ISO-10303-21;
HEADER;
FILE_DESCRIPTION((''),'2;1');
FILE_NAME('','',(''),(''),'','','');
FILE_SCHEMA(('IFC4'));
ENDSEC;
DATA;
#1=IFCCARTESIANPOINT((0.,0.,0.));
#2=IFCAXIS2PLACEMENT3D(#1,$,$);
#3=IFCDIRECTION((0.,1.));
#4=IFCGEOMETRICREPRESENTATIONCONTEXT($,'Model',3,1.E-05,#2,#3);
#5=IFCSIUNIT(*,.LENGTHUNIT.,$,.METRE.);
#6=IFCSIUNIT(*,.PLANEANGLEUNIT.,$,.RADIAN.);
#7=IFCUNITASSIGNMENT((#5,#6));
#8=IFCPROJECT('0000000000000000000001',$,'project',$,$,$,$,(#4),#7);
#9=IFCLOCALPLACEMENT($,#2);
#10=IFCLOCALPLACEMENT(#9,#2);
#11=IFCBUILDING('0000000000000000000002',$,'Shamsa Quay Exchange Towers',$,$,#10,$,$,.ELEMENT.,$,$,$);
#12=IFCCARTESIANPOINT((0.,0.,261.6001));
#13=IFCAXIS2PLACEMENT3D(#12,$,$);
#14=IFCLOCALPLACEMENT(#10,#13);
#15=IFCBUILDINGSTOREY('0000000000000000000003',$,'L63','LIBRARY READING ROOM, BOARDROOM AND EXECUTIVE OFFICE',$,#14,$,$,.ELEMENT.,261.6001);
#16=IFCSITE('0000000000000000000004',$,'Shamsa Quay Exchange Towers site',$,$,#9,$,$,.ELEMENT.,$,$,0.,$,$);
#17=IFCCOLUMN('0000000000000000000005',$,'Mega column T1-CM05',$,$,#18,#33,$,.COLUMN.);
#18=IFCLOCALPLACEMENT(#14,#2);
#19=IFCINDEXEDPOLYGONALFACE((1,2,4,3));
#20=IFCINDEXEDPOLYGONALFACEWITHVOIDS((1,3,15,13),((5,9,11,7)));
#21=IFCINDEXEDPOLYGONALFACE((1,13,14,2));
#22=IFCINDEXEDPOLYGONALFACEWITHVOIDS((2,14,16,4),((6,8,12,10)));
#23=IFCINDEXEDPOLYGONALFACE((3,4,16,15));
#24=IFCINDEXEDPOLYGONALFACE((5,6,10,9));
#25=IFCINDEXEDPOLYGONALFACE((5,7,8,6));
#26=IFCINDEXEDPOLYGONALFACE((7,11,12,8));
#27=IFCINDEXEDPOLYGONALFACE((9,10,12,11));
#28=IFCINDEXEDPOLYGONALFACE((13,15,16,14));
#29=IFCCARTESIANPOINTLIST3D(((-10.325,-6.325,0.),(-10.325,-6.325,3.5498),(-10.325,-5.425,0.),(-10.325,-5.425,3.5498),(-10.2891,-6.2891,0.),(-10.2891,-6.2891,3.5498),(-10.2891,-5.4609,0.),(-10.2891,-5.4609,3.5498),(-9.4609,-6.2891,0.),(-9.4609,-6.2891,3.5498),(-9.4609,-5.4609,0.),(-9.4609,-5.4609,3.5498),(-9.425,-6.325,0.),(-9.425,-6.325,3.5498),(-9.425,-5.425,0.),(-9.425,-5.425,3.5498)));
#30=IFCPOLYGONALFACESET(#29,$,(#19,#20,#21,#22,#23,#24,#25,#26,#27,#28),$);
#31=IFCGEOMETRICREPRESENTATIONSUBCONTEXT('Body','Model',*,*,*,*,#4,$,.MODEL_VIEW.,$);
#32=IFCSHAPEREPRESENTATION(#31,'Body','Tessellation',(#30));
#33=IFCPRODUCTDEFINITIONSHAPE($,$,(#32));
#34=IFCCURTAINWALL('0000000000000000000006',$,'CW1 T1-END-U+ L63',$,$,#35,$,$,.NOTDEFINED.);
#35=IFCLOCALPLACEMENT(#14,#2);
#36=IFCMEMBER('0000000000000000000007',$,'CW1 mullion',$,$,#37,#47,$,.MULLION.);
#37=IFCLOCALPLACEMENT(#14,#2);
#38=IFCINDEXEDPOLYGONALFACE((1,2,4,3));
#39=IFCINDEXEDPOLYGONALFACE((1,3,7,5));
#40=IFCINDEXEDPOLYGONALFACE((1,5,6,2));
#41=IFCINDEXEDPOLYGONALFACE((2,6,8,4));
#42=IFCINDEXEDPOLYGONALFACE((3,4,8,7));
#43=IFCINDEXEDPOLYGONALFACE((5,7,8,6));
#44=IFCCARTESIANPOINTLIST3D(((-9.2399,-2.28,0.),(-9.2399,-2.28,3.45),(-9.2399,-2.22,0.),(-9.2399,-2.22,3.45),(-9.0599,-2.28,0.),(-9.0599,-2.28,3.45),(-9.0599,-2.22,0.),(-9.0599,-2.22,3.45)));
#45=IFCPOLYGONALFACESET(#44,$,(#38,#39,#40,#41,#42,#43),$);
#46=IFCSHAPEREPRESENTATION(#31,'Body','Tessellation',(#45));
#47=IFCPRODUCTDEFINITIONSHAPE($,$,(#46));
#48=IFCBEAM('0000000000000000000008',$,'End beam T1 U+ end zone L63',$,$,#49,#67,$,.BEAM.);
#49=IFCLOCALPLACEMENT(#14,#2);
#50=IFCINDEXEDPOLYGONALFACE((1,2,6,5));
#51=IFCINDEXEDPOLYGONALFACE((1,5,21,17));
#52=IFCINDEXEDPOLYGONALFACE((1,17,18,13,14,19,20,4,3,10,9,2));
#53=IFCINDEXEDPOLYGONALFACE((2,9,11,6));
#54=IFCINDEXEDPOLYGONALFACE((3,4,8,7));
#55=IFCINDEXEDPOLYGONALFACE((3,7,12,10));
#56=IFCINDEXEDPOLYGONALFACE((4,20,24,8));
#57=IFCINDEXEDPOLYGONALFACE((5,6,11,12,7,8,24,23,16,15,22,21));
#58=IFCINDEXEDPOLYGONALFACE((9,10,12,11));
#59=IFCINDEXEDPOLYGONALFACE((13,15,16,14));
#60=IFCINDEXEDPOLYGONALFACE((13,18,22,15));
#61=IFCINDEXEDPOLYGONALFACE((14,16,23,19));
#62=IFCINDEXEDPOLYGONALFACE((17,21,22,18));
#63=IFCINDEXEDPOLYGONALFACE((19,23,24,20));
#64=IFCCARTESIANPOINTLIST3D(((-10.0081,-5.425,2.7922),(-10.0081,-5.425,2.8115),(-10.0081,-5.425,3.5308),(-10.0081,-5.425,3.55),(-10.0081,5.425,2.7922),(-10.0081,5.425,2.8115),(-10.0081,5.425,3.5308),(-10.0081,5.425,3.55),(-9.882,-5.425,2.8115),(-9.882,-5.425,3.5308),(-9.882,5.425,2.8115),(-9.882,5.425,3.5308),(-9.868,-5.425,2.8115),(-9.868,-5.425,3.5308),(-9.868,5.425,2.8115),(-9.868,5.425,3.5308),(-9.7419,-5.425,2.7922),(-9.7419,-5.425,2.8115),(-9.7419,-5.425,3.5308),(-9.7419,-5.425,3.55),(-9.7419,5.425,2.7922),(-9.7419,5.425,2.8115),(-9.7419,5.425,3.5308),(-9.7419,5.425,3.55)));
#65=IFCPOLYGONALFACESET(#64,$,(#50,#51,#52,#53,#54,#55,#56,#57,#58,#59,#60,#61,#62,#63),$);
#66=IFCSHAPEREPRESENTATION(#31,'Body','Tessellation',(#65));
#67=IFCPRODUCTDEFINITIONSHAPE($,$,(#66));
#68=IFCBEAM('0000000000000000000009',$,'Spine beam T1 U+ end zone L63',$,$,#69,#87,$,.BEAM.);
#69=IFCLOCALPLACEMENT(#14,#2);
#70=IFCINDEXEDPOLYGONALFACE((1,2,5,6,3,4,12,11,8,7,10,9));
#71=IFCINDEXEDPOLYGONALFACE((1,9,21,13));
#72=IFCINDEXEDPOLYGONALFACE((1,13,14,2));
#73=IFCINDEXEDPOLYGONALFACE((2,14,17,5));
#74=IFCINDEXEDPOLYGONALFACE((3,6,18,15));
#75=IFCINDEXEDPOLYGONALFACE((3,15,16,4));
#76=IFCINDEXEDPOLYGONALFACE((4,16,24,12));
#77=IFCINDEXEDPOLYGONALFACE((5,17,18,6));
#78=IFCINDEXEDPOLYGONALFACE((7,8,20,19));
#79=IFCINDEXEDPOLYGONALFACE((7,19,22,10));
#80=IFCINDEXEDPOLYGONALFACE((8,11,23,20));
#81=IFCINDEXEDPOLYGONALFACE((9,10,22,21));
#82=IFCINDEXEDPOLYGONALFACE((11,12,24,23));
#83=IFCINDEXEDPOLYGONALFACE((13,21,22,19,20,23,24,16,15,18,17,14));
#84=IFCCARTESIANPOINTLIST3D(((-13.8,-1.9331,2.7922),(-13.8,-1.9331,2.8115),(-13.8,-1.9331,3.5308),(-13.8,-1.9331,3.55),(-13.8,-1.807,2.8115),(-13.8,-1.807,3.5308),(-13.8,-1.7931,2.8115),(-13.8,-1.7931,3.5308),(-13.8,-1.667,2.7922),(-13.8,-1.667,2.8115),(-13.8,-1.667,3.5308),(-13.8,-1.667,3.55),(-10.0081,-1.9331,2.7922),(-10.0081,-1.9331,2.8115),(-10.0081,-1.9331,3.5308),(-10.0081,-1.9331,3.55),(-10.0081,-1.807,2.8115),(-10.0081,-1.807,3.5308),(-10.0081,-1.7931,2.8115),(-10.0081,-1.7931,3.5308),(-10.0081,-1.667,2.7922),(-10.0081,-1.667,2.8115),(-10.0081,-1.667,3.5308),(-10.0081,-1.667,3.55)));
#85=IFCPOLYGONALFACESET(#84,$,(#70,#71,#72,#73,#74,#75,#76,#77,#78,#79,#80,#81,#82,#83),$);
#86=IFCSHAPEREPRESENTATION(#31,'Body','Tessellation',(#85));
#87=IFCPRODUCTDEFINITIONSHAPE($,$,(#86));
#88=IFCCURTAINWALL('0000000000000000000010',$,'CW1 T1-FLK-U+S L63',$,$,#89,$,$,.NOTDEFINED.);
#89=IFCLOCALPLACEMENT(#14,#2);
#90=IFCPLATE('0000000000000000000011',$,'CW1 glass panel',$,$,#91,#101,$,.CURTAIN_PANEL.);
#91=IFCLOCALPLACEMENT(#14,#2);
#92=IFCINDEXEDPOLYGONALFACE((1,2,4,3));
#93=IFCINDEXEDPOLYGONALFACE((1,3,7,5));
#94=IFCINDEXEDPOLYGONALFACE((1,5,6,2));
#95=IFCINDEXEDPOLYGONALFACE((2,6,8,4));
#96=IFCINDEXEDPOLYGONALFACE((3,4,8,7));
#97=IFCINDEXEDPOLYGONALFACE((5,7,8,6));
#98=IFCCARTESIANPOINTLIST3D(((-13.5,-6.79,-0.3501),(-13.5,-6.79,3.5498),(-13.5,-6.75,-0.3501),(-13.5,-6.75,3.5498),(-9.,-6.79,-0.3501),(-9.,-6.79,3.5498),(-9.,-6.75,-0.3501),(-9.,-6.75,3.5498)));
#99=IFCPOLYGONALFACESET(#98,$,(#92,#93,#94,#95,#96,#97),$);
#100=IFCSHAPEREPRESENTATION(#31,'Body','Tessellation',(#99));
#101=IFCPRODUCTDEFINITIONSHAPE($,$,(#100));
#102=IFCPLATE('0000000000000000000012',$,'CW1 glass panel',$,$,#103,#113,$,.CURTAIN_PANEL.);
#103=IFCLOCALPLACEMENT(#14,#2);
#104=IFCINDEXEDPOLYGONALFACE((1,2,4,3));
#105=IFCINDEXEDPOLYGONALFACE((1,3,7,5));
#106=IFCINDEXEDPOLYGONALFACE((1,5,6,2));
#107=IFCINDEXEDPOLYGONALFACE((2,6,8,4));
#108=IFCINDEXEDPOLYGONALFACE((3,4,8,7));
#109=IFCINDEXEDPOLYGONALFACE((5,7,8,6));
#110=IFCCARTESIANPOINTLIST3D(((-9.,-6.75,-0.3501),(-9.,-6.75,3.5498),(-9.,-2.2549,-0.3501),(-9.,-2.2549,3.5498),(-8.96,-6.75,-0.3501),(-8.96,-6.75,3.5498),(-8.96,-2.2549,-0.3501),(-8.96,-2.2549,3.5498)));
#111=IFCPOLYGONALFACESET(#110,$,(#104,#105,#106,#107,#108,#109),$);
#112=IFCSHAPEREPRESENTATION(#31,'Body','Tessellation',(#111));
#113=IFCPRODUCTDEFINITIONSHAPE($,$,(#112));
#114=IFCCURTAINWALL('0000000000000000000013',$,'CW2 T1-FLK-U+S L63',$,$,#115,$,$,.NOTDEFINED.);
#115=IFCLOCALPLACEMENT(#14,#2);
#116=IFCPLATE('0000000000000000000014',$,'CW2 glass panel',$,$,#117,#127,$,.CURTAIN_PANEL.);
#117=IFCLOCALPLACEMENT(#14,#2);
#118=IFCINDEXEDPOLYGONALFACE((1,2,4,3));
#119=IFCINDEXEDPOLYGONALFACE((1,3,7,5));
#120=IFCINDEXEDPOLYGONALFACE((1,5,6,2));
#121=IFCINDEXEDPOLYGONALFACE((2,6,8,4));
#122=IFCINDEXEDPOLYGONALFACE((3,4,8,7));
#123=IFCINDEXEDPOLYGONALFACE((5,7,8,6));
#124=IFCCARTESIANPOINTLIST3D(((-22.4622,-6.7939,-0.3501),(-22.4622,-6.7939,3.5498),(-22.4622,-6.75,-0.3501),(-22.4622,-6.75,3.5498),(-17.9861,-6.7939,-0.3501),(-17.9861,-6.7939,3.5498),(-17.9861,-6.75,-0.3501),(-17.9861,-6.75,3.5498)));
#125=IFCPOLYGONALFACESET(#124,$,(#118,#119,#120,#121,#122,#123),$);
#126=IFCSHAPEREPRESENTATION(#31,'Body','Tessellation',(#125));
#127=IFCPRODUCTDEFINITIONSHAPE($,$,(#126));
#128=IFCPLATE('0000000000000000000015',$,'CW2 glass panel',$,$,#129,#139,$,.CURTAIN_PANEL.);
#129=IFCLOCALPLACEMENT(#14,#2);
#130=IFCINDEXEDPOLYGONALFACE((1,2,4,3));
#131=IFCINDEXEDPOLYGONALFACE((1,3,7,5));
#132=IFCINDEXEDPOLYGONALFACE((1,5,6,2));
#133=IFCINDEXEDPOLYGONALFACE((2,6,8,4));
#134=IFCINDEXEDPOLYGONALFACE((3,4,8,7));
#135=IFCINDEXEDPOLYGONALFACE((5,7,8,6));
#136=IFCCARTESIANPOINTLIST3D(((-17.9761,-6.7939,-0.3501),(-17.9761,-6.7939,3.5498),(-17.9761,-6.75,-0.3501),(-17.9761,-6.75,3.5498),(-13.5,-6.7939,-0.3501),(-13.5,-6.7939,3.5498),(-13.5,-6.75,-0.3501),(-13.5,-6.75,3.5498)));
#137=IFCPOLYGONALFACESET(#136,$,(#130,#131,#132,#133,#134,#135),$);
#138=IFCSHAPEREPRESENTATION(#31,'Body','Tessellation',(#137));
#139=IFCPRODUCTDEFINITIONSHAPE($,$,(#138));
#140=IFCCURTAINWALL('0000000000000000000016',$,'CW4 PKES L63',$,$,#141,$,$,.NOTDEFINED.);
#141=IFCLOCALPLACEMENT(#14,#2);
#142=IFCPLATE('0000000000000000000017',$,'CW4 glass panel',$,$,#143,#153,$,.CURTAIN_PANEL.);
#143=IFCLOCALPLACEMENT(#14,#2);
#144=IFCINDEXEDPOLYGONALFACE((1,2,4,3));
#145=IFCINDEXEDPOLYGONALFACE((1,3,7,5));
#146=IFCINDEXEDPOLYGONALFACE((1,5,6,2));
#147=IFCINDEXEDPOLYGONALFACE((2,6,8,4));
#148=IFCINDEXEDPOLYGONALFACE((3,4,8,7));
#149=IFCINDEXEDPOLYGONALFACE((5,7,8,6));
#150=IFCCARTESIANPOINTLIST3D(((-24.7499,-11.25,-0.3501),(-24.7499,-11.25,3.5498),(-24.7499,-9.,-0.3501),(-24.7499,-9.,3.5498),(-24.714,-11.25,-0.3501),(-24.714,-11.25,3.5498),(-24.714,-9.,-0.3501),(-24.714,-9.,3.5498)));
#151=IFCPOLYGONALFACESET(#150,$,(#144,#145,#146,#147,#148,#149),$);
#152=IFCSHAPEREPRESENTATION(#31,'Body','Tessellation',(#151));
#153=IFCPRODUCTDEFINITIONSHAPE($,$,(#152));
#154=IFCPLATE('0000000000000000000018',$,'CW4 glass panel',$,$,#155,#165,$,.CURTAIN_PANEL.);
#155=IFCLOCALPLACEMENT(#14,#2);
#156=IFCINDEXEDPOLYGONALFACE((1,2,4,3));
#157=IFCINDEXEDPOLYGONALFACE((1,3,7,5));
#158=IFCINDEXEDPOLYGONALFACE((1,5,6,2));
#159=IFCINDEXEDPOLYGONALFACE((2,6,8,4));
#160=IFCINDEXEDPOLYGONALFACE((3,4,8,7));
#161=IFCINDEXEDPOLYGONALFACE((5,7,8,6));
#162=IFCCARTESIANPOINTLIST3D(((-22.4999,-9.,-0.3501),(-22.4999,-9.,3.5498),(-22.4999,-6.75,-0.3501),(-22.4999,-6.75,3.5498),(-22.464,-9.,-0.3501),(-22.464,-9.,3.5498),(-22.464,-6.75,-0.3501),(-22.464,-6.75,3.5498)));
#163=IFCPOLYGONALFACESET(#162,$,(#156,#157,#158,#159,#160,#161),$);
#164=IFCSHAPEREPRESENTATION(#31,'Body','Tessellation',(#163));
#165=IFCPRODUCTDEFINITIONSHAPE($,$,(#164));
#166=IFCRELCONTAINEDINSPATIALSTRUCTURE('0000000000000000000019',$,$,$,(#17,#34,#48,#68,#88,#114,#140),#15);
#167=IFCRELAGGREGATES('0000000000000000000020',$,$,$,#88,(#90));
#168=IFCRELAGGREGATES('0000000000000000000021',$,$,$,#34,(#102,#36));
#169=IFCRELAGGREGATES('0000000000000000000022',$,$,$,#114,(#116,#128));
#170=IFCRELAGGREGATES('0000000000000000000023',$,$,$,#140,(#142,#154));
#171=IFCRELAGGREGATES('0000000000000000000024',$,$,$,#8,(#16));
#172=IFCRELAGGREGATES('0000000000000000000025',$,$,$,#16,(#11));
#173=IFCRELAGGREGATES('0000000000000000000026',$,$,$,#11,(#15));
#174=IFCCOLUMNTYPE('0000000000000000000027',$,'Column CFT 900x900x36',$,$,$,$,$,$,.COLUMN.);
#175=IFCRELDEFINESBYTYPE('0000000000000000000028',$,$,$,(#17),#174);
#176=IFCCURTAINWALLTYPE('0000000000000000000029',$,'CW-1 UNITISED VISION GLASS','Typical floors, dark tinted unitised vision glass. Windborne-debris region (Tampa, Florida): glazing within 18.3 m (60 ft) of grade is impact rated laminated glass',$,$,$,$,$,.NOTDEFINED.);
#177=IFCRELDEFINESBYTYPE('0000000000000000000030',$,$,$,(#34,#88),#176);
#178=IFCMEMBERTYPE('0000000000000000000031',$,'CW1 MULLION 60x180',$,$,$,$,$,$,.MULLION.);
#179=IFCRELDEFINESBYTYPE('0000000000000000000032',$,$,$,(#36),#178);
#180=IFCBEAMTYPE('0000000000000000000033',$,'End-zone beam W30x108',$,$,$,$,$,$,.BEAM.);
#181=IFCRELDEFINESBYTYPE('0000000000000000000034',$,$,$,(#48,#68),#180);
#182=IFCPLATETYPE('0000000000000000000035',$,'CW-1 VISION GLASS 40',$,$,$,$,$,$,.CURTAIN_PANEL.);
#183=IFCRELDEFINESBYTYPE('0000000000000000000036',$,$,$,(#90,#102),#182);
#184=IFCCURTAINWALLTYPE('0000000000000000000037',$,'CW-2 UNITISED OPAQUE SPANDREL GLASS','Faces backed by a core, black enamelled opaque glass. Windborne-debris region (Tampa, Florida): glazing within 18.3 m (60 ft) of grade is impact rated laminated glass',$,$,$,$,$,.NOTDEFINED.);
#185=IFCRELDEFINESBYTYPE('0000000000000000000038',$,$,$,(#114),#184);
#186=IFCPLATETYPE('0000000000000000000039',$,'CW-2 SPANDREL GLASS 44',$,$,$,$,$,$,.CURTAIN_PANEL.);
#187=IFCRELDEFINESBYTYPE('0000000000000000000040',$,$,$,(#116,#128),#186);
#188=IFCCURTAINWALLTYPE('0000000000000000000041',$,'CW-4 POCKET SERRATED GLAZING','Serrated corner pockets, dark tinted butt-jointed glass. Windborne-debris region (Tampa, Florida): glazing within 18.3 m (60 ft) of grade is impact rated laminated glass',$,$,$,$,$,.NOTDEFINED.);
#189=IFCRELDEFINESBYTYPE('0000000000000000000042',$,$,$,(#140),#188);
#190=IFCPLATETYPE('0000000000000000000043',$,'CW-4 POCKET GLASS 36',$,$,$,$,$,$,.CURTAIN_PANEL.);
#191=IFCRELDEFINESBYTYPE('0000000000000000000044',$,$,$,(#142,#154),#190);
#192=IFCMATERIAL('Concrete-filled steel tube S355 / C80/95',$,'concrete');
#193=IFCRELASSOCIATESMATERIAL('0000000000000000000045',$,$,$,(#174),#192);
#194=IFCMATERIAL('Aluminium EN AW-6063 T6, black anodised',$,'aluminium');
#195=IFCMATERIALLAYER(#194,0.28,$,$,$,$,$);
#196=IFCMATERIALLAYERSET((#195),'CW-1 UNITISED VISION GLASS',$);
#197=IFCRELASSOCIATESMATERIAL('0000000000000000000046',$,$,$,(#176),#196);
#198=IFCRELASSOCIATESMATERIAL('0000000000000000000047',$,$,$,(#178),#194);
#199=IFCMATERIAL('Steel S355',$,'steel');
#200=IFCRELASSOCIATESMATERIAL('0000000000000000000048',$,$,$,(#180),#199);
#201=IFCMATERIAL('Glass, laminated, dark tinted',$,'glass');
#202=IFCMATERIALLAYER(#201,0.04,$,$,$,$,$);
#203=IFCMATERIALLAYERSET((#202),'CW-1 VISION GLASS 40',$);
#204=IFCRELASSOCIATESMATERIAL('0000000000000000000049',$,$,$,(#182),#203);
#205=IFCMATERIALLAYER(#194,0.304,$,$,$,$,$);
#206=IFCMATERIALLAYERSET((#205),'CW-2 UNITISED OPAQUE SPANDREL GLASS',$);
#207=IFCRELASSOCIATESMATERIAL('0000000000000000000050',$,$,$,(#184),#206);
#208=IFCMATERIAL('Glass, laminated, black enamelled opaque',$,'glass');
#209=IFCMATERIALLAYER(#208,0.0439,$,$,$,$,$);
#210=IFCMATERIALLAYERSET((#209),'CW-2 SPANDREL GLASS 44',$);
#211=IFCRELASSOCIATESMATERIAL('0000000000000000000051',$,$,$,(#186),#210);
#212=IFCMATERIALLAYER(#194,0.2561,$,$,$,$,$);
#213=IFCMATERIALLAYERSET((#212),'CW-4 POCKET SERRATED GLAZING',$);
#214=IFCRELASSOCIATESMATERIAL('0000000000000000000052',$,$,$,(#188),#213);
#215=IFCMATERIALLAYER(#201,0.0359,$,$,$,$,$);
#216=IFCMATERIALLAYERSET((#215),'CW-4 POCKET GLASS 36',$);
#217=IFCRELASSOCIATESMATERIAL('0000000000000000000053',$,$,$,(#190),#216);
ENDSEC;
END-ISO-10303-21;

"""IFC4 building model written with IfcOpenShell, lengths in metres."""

from ifc_helpers import new_model, si_unit, direction, frame, origin, origin_2d, place, context, subcontext, project, spatial, rectangle, hollow_rectangle, i_section, extrude, material, layer, layer_set, material_profile, profile_set, type_object, element, aggregate, save


model = new_model("IFC4")

# Units and contexts
model_context = context("Model", 3, precision=1e-05, world=origin(), true_north=direction((0.0, 1.0)))
body_context = subcontext(model_context, "Body", "Model", "MODEL_VIEW")
ifc_project = project(units=[si_unit("LENGTHUNIT", "METRE"), si_unit("PLANEANGLEUNIT", "RADIAN")], contexts=[model_context])

# Site, building, storey
site_placement = place(None, origin())
site = spatial("IfcSite", under=ifc_project, at=site_placement, Name="Shamsa Quay Exchange Towers site", CompositionType="ELEMENT", RefElevation=0.0)
building_placement = place(site_placement, origin())
building = spatial("IfcBuilding", under=site, at=building_placement, Name="Shamsa Quay Exchange Towers", CompositionType="ELEMENT")
storey_placement = place(building_placement, frame((0.0, 0.0, 261.6001)))
storey = spatial("IfcBuildingStorey", under=building, at=storey_placement, Name="L63", Description="LIBRARY READING ROOM, BOARDROOM AND EXECUTIVE OFFICE", CompositionType="ELEMENT", Elevation=261.6001)

# Column
ifc_material_1 = material(Name="Concrete-filled steel tube S355 / C80/95", Category="concrete")
ifc_material_profile_1 = material_profile(ifc_material_1, hollow_rectangle(XDim=0.8999, YDim=0.8999, WallThickness=0.0359, at=origin_2d()), Name="CFT 900x900x36")
ifc_profile_set_1 = profile_set([ifc_material_profile_1], Name="Concrete-filled steel tube S355 / C80/95")
column_type = type_object("IfcColumnType", Name="Column CFT 900x900x36", PredefinedType="COLUMN", material=ifc_profile_set_1)
column_placement = place(storey_placement, frame((-9.875, -5.875, 0.0)))
element("IfcColumn", 1, at=column_placement, inside=storey, type_object=column_type, Name="Mega column T1-CM05", PredefinedType="COLUMN", context=body_context, shape_type="SweptSolid", body=[
    extrude(hollow_rectangle(XDim=0.8999, YDim=0.8999, WallThickness=0.0359, at=origin_2d()), origin(), (0.0, 0.0, 1.0), 3.5498),
])

# Curtain wall, member
ifc_material_2 = material(Name="Aluminium EN AW-6063 T6, black anodised", Category="aluminium")
ifc_layer_1 = layer(ifc_material_2, 0.28)
ifc_layer_set_1 = layer_set([ifc_layer_1], Name="CW-1 UNITISED VISION GLASS")
curtain_wall_type_1 = type_object("IfcCurtainWallType", Name="CW-1 UNITISED VISION GLASS", Description="Typical floors, dark tinted unitised vision glass. Windborne-debris region (Tampa, Florida): glazing within 18.3 m (60 ft) of grade is impact rated laminated glass", PredefinedType="NOTDEFINED", material=ifc_layer_set_1)
curtain_wall_1_placement = place(storey_placement, origin())
curtain_wall_1 = element("IfcCurtainWall", 2, at=curtain_wall_1_placement, inside=storey, type_object=curtain_wall_type_1, Name="CW1 T1-END-U+ L63", PredefinedType="NOTDEFINED")
ifc_material_profile_2 = material_profile(ifc_material_2, rectangle(XDim=0.1799, YDim=0.0601, at=origin_2d()), Name="MU60x180")
ifc_profile_set_2 = profile_set([ifc_material_profile_2], Name="Aluminium EN AW-6063 T6, black anodised")
member_type = type_object("IfcMemberType", Name="CW1 MULLION 60x180", PredefinedType="MULLION", material=ifc_profile_set_2)
member_placement = place(storey_placement, frame((-9.1499, -2.25, 0.0), z_axis=(0.0, 0.0, 1.0), x_axis=(-1.0, 0.0, 0.0)))
member = element("IfcMember", 3, at=member_placement, type_object=member_type, Name="CW1 mullion", PredefinedType="MULLION", context=body_context, shape_type="SweptSolid", body=[
    extrude(rectangle(XDim=0.1799, YDim=0.0601, at=origin_2d()), origin(), (0.0, 0.0, 1.0), 3.45),
])

# Beams
ifc_material_3 = material(Name="Steel S355", Category="steel")
ifc_material_profile_3 = material_profile(ifc_material_3, i_section(OverallWidth=0.2661, OverallDepth=0.7578, WebThickness=0.0139, FlangeThickness=0.0193, at=origin_2d()), Name="W30x108")
ifc_profile_set_3 = profile_set([ifc_material_profile_3], Name="Steel S355")
beam_type = type_object("IfcBeamType", Name="End-zone beam W30x108", PredefinedType="BEAM", material=ifc_profile_set_3)
beam_1_placement = place(storey_placement, frame((-9.875, -5.425, 3.1711), z_axis=(0.0, 1.0, 0.0), x_axis=(-1.0, 0.0, 0.0)))
element("IfcBeam", 4, at=beam_1_placement, inside=storey, type_object=beam_type, Name="End beam T1 U+ end zone L63", PredefinedType="BEAM", context=body_context, shape_type="SweptSolid", body=[
    extrude(i_section(OverallWidth=0.2661, OverallDepth=0.7578, WebThickness=0.0139, FlangeThickness=0.0193, at=origin_2d()), origin(), (0.0, 0.0, 1.0), 10.8501),
])
beam_2_placement = place(storey_placement, frame((-13.8, -1.8, 3.1711), z_axis=(1.0, 0.0, 0.0), x_axis=(0.0, 1.0, 0.0)))
element("IfcBeam", 5, at=beam_2_placement, inside=storey, type_object=beam_type, Name="Spine beam T1 U+ end zone L63", PredefinedType="BEAM", context=body_context, shape_type="SweptSolid", body=[
    extrude(i_section(OverallWidth=0.2661, OverallDepth=0.7578, WebThickness=0.0139, FlangeThickness=0.0193, at=origin_2d()), origin(), (0.0, 0.0, 1.0), 3.792),
])

# Curtain wall, plate
curtain_wall_2_placement = place(storey_placement, origin())
curtain_wall_2 = element("IfcCurtainWall", 6, at=curtain_wall_2_placement, inside=storey, type_object=curtain_wall_type_1, Name="CW1 T1-FLK-U+S L63", PredefinedType="NOTDEFINED")
ifc_material_4 = material(Name="Glass, laminated, dark tinted", Category="glass")
ifc_layer_2 = layer(ifc_material_4, 0.04)
ifc_layer_set_2 = layer_set([ifc_layer_2], Name="CW-1 VISION GLASS 40")
plate_type_1 = type_object("IfcPlateType", Name="CW-1 VISION GLASS 40", PredefinedType="CURTAIN_PANEL", material=ifc_layer_set_2)
plate_1_placement = place(storey_placement, frame((-11.25, -6.77, -0.3501)))
plate_1 = element("IfcPlate", 7, at=plate_1_placement, type_object=plate_type_1, Name="CW1 glass panel", PredefinedType="CURTAIN_PANEL", context=body_context, shape_type="SweptSolid", body=[
    extrude(rectangle(XDim=4.5, YDim=0.04, at=origin_2d()), origin(), (0.0, 0.0, 1.0), 3.8999),
])
aggregate(curtain_wall_2, [plate_1])

# Plate
plate_2_placement = place(storey_placement, frame((-8.98, -4.5024, -0.3501), z_axis=(0.0, 0.0, 1.0), x_axis=(0.0, 1.0, 0.0)))
plate_2 = element("IfcPlate", 8, at=plate_2_placement, type_object=plate_type_1, Name="CW1 glass panel", PredefinedType="CURTAIN_PANEL", context=body_context, shape_type="SweptSolid", body=[
    extrude(rectangle(XDim=4.4951, YDim=0.04, at=origin_2d()), origin(), (0.0, 0.0, 1.0), 3.8999),
])
aggregate(curtain_wall_1, [plate_2, member])

# Curtain walls, plates
ifc_layer_3 = layer(ifc_material_2, 0.304)
ifc_layer_set_3 = layer_set([ifc_layer_3], Name="CW-2 UNITISED OPAQUE SPANDREL GLASS")
curtain_wall_type_2 = type_object("IfcCurtainWallType", Name="CW-2 UNITISED OPAQUE SPANDREL GLASS", Description="Faces backed by a core, black enamelled opaque glass. Windborne-debris region (Tampa, Florida): glazing within 18.3 m (60 ft) of grade is impact rated laminated glass", PredefinedType="NOTDEFINED", material=ifc_layer_set_3)
curtain_wall_3_placement = place(storey_placement, origin())
curtain_wall_3 = element("IfcCurtainWall", 9, at=curtain_wall_3_placement, inside=storey, type_object=curtain_wall_type_2, Name="CW2 T1-FLK-U+S L63", PredefinedType="NOTDEFINED")
ifc_material_5 = material(Name="Glass, laminated, black enamelled opaque", Category="glass")
ifc_layer_4 = layer(ifc_material_5, 0.0439)
ifc_layer_set_4 = layer_set([ifc_layer_4], Name="CW-2 SPANDREL GLASS 44")
plate_type_2 = type_object("IfcPlateType", Name="CW-2 SPANDREL GLASS 44", PredefinedType="CURTAIN_PANEL", material=ifc_layer_set_4)
plate_3_placement = place(storey_placement, frame((-20.2241, -6.772, -0.3501)))
plate_3 = element("IfcPlate", 10, at=plate_3_placement, type_object=plate_type_2, Name="CW2 glass panel", PredefinedType="CURTAIN_PANEL", context=body_context, shape_type="SweptSolid", body=[
    extrude(rectangle(XDim=4.4761, YDim=0.0439, at=origin_2d()), origin(), (0.0, 0.0, 1.0), 3.8999),
])
plate_4_placement = place(storey_placement, frame((-15.738, -6.772, -0.3501)))
plate_4 = element("IfcPlate", 11, at=plate_4_placement, type_object=plate_type_2, Name="CW2 glass panel", PredefinedType="CURTAIN_PANEL", context=body_context, shape_type="SweptSolid", body=[
    extrude(rectangle(XDim=4.4761, YDim=0.0439, at=origin_2d()), origin(), (0.0, 0.0, 1.0), 3.8999),
])
aggregate(curtain_wall_3, [plate_3, plate_4])
ifc_layer_5 = layer(ifc_material_2, 0.2561)
ifc_layer_set_5 = layer_set([ifc_layer_5], Name="CW-4 POCKET SERRATED GLAZING")
curtain_wall_type_3 = type_object("IfcCurtainWallType", Name="CW-4 POCKET SERRATED GLAZING", Description="Serrated corner pockets, dark tinted butt-jointed glass. Windborne-debris region (Tampa, Florida): glazing within 18.3 m (60 ft) of grade is impact rated laminated glass", PredefinedType="NOTDEFINED", material=ifc_layer_set_5)
curtain_wall_4_placement = place(storey_placement, origin())
curtain_wall_4 = element("IfcCurtainWall", 12, at=curtain_wall_4_placement, inside=storey, type_object=curtain_wall_type_3, Name="CW4 PKES L63", PredefinedType="NOTDEFINED")
ifc_layer_6 = layer(ifc_material_4, 0.0359)
ifc_layer_set_6 = layer_set([ifc_layer_6], Name="CW-4 POCKET GLASS 36")
plate_type_3 = type_object("IfcPlateType", Name="CW-4 POCKET GLASS 36", PredefinedType="CURTAIN_PANEL", material=ifc_layer_set_6)
plate_5_placement = place(storey_placement, frame((-24.7319, -10.125, -0.3501), z_axis=(0.0, 0.0, 1.0), x_axis=(0.0, 1.0, 0.0)))
plate_5 = element("IfcPlate", 13, at=plate_5_placement, type_object=plate_type_3, Name="CW4 glass panel", PredefinedType="CURTAIN_PANEL", context=body_context, shape_type="SweptSolid", body=[
    extrude(rectangle(XDim=2.25, YDim=0.0359, at=origin_2d()), origin(), (0.0, 0.0, 1.0), 3.8999),
])
plate_6_placement = place(storey_placement, frame((-22.4819, -7.875, -0.3501), z_axis=(0.0, 0.0, 1.0), x_axis=(0.0, 1.0, 0.0)))
plate_6 = element("IfcPlate", 14, at=plate_6_placement, type_object=plate_type_3, Name="CW4 glass panel", PredefinedType="CURTAIN_PANEL", context=body_context, shape_type="SweptSolid", body=[
    extrude(rectangle(XDim=2.25, YDim=0.0359, at=origin_2d()), origin(), (0.0, 0.0, 1.0), 3.8999),
])
aggregate(curtain_wall_4, [plate_5, plate_6])

save(model, "model.ifc")
